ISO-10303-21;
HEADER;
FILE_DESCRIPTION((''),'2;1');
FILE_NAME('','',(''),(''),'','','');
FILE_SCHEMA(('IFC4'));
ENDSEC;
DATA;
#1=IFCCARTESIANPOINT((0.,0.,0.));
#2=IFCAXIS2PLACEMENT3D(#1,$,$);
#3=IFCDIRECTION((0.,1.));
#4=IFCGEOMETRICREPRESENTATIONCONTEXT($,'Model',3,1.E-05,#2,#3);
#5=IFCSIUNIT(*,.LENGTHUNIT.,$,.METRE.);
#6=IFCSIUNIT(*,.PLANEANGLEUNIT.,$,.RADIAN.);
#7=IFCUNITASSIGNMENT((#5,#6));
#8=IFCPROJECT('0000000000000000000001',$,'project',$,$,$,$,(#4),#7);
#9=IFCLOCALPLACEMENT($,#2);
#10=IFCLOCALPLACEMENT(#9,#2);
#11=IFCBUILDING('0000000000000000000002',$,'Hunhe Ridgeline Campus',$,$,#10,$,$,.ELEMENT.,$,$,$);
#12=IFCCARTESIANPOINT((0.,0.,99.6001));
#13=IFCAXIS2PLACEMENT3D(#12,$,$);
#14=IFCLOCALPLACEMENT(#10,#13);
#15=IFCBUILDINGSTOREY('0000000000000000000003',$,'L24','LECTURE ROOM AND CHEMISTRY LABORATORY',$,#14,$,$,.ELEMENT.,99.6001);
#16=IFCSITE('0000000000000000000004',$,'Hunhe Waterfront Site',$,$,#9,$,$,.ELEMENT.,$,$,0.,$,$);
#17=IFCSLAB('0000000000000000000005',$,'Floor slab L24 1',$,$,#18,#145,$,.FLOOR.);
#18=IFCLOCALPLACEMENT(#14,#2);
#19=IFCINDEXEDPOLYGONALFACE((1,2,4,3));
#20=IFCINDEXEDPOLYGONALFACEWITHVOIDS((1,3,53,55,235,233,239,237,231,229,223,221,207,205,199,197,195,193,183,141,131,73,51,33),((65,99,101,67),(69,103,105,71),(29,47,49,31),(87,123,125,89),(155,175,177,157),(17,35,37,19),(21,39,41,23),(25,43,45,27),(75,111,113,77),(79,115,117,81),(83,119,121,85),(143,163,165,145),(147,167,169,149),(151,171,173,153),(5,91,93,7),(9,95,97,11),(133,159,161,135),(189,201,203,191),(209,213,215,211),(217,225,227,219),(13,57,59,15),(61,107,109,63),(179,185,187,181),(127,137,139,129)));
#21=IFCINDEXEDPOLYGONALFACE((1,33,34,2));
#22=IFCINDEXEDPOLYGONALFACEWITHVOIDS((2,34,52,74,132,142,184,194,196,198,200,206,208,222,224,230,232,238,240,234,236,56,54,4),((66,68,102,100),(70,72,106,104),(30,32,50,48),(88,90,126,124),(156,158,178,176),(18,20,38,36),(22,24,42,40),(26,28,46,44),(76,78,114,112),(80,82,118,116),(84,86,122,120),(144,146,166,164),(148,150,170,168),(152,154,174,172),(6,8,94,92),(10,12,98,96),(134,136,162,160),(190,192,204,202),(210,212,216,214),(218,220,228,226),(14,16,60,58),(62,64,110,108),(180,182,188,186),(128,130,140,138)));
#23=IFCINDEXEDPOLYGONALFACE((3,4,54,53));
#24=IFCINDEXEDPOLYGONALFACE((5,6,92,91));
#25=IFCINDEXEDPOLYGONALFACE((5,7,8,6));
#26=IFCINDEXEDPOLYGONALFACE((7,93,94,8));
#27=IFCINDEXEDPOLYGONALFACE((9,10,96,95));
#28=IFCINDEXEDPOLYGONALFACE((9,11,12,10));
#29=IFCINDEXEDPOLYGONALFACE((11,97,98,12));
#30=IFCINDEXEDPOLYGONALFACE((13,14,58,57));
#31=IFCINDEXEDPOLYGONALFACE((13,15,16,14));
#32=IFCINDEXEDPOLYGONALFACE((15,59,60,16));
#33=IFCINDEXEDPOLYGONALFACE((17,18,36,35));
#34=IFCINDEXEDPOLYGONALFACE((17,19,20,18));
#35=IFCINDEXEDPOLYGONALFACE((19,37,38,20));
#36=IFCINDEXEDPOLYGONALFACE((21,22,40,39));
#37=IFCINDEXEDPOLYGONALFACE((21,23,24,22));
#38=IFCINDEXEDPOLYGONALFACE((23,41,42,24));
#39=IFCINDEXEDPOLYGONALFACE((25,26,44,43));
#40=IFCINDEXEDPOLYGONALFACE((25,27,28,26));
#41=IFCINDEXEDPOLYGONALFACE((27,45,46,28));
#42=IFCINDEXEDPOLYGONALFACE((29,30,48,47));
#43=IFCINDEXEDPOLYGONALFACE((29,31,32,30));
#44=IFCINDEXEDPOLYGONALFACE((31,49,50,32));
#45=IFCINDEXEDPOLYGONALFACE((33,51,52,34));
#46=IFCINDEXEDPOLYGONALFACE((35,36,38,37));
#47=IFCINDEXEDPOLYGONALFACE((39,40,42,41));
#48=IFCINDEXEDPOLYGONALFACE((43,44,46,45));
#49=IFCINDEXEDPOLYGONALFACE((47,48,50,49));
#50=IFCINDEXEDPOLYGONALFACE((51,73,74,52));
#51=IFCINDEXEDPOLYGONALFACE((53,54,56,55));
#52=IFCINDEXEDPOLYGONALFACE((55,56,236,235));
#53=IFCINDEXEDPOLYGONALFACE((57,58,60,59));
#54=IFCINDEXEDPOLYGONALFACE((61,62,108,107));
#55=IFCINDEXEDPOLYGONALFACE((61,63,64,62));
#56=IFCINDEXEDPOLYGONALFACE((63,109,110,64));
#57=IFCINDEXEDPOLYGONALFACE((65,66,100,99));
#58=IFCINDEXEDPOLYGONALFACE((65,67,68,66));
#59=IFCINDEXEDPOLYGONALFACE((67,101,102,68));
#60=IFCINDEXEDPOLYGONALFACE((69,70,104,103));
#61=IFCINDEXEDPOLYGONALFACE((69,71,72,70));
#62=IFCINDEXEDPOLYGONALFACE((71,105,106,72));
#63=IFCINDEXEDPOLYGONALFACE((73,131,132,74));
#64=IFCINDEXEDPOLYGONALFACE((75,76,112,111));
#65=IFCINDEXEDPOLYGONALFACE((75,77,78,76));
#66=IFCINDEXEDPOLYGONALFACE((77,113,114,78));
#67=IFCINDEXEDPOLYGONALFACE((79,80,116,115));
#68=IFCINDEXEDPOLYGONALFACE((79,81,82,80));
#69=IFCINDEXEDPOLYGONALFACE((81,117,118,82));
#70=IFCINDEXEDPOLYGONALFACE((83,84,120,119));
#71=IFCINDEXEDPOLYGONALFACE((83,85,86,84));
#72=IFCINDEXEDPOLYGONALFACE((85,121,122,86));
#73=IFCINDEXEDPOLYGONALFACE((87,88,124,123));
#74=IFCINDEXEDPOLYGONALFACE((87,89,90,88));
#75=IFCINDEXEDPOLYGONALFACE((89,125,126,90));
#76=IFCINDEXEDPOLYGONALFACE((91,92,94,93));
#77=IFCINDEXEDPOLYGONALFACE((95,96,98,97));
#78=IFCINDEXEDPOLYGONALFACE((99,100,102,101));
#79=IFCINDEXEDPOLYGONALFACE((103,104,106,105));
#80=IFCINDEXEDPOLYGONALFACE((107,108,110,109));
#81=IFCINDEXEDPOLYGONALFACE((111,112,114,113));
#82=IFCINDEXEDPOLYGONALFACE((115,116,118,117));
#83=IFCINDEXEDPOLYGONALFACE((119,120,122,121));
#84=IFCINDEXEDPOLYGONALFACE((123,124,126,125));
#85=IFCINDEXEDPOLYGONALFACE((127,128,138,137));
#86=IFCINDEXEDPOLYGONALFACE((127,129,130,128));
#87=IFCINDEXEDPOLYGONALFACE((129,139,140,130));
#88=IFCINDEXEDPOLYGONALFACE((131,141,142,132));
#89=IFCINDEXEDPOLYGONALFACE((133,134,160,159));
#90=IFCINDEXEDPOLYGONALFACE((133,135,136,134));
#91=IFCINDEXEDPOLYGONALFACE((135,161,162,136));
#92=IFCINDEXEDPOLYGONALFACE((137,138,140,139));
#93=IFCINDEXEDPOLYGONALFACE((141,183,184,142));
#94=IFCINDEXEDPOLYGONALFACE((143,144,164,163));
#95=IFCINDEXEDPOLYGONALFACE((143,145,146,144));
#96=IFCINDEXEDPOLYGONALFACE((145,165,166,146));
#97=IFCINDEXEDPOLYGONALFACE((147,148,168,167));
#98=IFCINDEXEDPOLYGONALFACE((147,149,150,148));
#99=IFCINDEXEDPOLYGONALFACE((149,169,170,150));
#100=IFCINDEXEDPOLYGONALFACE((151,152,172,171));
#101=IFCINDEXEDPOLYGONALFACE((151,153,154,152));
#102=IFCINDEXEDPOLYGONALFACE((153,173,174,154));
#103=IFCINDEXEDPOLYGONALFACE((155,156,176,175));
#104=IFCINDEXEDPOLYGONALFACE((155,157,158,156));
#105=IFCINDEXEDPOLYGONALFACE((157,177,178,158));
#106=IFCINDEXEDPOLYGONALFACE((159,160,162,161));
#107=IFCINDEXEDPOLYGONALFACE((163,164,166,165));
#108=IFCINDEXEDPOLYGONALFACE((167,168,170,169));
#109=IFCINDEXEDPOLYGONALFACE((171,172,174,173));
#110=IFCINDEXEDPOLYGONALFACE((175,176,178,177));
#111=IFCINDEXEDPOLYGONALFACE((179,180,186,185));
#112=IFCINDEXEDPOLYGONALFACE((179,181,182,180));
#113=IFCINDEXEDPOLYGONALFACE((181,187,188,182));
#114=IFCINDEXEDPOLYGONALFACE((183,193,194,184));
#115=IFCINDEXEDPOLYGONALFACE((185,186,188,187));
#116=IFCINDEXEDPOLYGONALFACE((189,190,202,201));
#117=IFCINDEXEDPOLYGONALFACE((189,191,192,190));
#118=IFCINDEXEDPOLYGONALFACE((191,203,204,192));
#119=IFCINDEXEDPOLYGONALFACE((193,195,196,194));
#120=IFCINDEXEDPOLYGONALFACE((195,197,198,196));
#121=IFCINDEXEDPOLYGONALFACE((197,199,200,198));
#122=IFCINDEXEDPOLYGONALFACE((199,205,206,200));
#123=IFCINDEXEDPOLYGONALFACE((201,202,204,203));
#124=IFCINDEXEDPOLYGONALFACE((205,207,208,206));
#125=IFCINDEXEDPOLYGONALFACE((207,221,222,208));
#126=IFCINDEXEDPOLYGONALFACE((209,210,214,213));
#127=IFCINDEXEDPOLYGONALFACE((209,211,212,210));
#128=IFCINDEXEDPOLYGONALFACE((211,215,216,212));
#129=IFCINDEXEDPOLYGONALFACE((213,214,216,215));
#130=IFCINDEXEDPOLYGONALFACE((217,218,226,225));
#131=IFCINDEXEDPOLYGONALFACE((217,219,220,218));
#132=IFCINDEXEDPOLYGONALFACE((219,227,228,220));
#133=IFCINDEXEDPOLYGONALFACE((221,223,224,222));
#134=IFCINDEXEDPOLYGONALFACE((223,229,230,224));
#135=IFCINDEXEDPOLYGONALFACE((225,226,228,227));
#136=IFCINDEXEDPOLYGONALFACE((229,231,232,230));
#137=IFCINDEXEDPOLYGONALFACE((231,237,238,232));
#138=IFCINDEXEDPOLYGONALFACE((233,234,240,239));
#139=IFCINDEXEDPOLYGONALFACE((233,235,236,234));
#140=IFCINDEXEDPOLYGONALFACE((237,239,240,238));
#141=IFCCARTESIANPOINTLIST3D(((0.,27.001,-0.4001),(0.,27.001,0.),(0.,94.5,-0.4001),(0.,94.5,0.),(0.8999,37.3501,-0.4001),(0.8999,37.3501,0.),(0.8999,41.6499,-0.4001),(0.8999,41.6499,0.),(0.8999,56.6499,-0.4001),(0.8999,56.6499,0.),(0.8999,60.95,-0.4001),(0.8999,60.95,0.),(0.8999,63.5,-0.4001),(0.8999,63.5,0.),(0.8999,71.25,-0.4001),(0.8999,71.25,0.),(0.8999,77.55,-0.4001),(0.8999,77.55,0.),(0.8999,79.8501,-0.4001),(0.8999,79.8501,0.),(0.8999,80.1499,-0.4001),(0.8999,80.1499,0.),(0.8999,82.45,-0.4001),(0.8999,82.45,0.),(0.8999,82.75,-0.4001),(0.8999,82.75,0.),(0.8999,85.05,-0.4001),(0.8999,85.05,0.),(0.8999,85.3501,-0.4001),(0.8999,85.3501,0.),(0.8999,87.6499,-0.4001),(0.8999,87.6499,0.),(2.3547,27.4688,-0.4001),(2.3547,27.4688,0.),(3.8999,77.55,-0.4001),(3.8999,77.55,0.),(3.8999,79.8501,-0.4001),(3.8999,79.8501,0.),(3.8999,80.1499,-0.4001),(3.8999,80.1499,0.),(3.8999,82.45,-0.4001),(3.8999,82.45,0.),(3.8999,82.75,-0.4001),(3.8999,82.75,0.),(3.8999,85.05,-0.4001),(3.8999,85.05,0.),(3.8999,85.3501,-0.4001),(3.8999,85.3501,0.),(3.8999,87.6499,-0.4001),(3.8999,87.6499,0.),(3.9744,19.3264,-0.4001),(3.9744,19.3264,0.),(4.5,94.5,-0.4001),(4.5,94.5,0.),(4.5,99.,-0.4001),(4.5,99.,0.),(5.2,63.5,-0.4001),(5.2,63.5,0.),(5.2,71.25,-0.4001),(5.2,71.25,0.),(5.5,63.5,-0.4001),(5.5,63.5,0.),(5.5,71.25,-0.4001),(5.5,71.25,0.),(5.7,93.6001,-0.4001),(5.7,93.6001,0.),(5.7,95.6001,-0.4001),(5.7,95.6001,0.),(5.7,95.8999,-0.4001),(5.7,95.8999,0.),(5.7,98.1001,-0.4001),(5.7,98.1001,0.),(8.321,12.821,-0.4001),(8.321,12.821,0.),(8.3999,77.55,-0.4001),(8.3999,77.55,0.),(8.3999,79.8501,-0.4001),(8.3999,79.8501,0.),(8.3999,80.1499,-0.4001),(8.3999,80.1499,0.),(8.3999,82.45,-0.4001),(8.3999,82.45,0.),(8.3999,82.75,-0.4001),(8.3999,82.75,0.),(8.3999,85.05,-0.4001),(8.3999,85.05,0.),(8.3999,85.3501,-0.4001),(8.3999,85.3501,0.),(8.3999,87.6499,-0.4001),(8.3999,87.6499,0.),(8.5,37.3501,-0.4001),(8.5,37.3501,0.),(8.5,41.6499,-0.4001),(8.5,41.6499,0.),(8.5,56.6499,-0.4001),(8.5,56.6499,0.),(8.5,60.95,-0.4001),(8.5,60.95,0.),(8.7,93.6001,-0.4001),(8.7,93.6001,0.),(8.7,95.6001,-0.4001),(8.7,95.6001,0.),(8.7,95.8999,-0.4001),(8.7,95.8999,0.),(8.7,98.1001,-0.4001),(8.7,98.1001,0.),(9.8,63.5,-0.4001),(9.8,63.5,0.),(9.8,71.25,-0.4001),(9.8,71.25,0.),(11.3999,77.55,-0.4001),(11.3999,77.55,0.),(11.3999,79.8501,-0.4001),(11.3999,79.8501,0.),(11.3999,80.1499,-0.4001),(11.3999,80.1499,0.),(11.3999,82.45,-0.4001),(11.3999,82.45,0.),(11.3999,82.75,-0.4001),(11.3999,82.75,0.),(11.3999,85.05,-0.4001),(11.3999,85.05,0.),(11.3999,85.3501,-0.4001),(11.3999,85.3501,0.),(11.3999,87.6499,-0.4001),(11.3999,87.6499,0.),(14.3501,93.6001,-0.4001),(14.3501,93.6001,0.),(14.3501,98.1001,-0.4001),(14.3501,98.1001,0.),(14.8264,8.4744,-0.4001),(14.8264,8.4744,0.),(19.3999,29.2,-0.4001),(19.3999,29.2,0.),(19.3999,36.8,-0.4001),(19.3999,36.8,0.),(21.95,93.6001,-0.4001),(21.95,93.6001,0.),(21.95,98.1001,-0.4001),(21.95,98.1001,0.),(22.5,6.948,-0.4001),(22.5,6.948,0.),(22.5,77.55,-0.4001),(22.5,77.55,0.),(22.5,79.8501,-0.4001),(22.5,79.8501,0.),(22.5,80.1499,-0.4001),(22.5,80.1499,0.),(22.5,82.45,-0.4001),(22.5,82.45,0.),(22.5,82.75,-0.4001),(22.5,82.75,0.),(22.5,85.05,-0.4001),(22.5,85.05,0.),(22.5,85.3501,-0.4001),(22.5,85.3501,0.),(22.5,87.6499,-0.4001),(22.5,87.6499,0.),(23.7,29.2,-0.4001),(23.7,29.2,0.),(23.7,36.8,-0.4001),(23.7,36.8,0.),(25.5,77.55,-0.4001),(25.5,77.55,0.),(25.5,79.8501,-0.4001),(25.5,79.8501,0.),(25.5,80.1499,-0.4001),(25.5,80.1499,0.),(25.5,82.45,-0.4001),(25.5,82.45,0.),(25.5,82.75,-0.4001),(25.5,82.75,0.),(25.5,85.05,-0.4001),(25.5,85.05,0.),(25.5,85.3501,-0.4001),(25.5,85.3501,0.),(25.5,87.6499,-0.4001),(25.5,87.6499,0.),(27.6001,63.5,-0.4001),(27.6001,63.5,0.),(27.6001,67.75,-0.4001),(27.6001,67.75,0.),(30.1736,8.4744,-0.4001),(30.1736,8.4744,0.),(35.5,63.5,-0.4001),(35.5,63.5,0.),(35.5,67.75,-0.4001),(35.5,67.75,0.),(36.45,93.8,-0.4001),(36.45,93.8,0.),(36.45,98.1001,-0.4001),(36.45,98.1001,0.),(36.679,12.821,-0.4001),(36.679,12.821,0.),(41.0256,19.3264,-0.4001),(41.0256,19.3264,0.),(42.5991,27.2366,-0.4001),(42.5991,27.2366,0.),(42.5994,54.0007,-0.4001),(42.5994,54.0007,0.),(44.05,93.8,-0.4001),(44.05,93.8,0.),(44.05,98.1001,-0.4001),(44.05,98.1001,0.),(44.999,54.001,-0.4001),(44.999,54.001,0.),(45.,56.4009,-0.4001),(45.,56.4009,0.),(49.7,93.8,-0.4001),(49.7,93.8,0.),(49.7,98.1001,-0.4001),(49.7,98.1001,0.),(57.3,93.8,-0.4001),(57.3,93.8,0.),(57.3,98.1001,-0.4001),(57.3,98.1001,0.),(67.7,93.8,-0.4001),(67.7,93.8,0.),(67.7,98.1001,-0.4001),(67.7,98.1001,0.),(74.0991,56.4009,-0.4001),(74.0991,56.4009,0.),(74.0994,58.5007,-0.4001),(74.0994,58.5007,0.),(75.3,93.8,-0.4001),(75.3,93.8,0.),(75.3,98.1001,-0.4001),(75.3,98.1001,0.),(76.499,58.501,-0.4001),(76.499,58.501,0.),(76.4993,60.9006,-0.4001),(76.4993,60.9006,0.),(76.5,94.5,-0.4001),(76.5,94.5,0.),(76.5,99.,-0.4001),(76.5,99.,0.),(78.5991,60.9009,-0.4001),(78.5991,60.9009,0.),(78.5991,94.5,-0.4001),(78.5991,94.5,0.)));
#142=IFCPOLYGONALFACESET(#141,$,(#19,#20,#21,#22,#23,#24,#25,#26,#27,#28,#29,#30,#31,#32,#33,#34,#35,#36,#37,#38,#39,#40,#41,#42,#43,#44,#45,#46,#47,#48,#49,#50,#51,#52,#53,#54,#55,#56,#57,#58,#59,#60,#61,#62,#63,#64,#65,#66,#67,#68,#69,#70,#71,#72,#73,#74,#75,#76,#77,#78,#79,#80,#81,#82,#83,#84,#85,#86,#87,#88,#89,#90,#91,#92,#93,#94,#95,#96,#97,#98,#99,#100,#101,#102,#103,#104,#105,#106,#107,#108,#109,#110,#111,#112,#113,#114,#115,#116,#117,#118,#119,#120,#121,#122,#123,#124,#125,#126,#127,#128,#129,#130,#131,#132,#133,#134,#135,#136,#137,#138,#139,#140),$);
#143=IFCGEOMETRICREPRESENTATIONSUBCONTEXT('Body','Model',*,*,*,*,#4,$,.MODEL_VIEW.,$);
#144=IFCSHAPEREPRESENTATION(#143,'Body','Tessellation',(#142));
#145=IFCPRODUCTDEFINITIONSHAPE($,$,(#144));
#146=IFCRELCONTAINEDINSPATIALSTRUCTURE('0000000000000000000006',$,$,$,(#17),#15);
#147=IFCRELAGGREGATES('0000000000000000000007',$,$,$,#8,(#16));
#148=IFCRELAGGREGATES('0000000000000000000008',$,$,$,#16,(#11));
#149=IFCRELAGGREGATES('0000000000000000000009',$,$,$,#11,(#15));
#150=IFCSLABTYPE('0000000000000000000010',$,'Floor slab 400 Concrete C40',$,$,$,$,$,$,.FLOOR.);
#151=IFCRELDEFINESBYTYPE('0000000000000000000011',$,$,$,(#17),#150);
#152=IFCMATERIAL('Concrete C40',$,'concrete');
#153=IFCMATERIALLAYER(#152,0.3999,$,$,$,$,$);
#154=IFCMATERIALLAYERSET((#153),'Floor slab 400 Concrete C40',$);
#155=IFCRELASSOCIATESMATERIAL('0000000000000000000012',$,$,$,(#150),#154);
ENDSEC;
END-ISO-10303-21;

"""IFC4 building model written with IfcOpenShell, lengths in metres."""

from ifc_helpers import new_model, si_unit, direction, frame, origin, place, context, subcontext, project, spatial, polyline, outline, extrude, material, layer, layer_set, type_object, element, save


model = new_model("IFC4")

# Units and contexts
model_context = context("Model", 3, precision=1e-05, world=origin(), true_north=direction((0.0, 1.0)))
body_context = subcontext(model_context, "Body", "Model", "MODEL_VIEW")
ifc_project = project(units=[si_unit("LENGTHUNIT", "METRE"), si_unit("PLANEANGLEUNIT", "RADIAN")], contexts=[model_context])

# Site, building, storey
site_placement = place(None, origin())
site = spatial("IfcSite", under=ifc_project, at=site_placement, Name="Hunhe Waterfront Site", CompositionType="ELEMENT", RefElevation=0.0)
building_placement = place(site_placement, origin())
building = spatial("IfcBuilding", under=site, at=building_placement, Name="Hunhe Ridgeline Campus", CompositionType="ELEMENT")
storey_placement = place(building_placement, frame((0.0, 0.0, 99.6001)))
storey = spatial("IfcBuildingStorey", under=building, at=storey_placement, Name="L24", Description="LECTURE ROOM AND CHEMISTRY LABORATORY", CompositionType="ELEMENT", Elevation=99.6001)

# Slab
ifc_material_1 = material(Name="Concrete C40", Category="concrete")
ifc_layer_1 = layer(ifc_material_1, 0.3999)
ifc_layer_set_1 = layer_set([ifc_layer_1], Name="Floor slab 400 Concrete C40")
slab_type_1 = type_object("IfcSlabType", Name="Floor slab 400 Concrete C40", PredefinedType="FLOOR", material=ifc_layer_set_1)
slab_1_placement = place(storey_placement, frame((0.0, 0.0, -0.4001)))
element("IfcSlab", 1, at=slab_1_placement, inside=storey, type_object=slab_type_1, Name="Floor slab L24 1", PredefinedType="FLOOR", context=body_context, shape_type="SweptSolid", body=[
    extrude(outline(polyline([(0.0, 27.001), (2.3547, 27.4688), (3.9744, 19.3264), (8.321, 12.821), (14.8264, 8.4744), (22.5, 6.948), (30.1736, 8.4744), (36.679, 12.821), (41.0256, 19.3264), (42.5991, 27.2366), (42.5994, 54.0007), (44.999, 54.001), (45.0, 56.4009), (74.0991, 56.4009), (74.0994, 58.5007), (76.499, 58.501), (76.4993, 60.9006), (78.5991, 60.9009), (78.5991, 94.5), (76.5, 94.5), (76.5, 99.0), (4.5, 99.0), (4.5, 94.5), (0.0, 94.5), (0.0, 27.001)]), holes=[polyline([(67.7, 93.8), (75.3, 93.8), (75.3, 98.1001), (67.7, 98.1001), (67.7, 93.8)]), polyline([(57.3, 93.8), (57.3, 98.1001), (49.7, 98.1001), (49.7, 93.8), (57.3, 93.8)]), polyline([(44.05, 98.1001), (36.45, 98.1001), (36.45, 93.8), (44.05, 93.8), (44.05, 98.1001)]), polyline([(27.6001, 67.75), (27.6001, 63.5), (35.5, 63.5), (35.5, 67.75), (27.6001, 67.75)]), polyline([(25.5, 85.3501), (25.5, 87.6499), (22.5, 87.6499), (22.5, 85.3501), (25.5, 85.3501)]), polyline([(25.5, 85.05), (22.5, 85.05), (22.5, 82.75), (25.5, 82.75), (25.5, 85.05)]), polyline([(22.5, 82.45), (22.5, 80.1499), (25.5, 80.1499), (25.5, 82.45), (22.5, 82.45)]), polyline([(22.5, 77.55), (25.5, 77.55), (25.5, 79.8501), (22.5, 79.8501), (22.5, 77.55)]), polyline([(19.3999, 29.2), (23.7, 29.2), (23.7, 36.8), (19.3999, 36.8), (19.3999, 29.2)]), polyline([(21.95, 98.1001), (14.3501, 98.1001), (14.3501, 93.6001), (21.95, 93.6001), (21.95, 98.1001)]), polyline([(8.3999, 82.45), (8.3999, 80.1499), (11.3999, 80.1499), (11.3999, 82.45), (8.3999, 82.45)]), polyline([(11.3999, 85.3501), (11.3999, 87.6499), (8.3999, 87.6499), (8.3999, 85.3501), (11.3999, 85.3501)]), polyline([(11.3999, 85.05), (8.3999, 85.05), (8.3999, 82.75), (11.3999, 82.75), (11.3999, 85.05)]), polyline([(8.3999, 77.55), (11.3999, 77.55), (11.3999, 79.8501), (8.3999, 79.8501), (8.3999, 77.55)]), polyline([(5.5, 63.5), (9.8, 63.5), (9.8, 71.25), (5.5, 71.25), (5.5, 63.5)]), polyline([(5.7, 98.1001), (5.7, 95.8999), (8.7, 95.8999), (8.7, 98.1001), (5.7, 98.1001)]), polyline([(5.7, 93.6001), (8.7, 93.6001), (8.7, 95.6001), (5.7, 95.6001), (5.7, 93.6001)]), polyline([(0.8999, 60.95), (0.8999, 56.6499), (8.5, 56.6499), (8.5, 60.95), (0.8999, 60.95)]), polyline([(0.8999, 37.3501), (8.5, 37.3501), (8.5, 41.6499), (0.8999, 41.6499), (0.8999, 37.3501)]), polyline([(5.2, 63.5), (5.2, 71.25), (0.8999, 71.25), (0.8999, 63.5), (5.2, 63.5)]), polyline([(3.8999, 85.3501), (3.8999, 87.6499), (0.8999, 87.6499), (0.8999, 85.3501), (3.8999, 85.3501)]), polyline([(3.8999, 85.05), (0.8999, 85.05), (0.8999, 82.75), (3.8999, 82.75), (3.8999, 85.05)]), polyline([(0.8999, 82.45), (0.8999, 80.1499), (3.8999, 80.1499), (3.8999, 82.45), (0.8999, 82.45)]), polyline([(0.8999, 77.55), (3.8999, 77.55), (3.8999, 79.8501), (0.8999, 79.8501), (0.8999, 77.55)])]), origin(), (0.0, 0.0, 1.0), 0.4001),
])

save(model, "model.ifc")
